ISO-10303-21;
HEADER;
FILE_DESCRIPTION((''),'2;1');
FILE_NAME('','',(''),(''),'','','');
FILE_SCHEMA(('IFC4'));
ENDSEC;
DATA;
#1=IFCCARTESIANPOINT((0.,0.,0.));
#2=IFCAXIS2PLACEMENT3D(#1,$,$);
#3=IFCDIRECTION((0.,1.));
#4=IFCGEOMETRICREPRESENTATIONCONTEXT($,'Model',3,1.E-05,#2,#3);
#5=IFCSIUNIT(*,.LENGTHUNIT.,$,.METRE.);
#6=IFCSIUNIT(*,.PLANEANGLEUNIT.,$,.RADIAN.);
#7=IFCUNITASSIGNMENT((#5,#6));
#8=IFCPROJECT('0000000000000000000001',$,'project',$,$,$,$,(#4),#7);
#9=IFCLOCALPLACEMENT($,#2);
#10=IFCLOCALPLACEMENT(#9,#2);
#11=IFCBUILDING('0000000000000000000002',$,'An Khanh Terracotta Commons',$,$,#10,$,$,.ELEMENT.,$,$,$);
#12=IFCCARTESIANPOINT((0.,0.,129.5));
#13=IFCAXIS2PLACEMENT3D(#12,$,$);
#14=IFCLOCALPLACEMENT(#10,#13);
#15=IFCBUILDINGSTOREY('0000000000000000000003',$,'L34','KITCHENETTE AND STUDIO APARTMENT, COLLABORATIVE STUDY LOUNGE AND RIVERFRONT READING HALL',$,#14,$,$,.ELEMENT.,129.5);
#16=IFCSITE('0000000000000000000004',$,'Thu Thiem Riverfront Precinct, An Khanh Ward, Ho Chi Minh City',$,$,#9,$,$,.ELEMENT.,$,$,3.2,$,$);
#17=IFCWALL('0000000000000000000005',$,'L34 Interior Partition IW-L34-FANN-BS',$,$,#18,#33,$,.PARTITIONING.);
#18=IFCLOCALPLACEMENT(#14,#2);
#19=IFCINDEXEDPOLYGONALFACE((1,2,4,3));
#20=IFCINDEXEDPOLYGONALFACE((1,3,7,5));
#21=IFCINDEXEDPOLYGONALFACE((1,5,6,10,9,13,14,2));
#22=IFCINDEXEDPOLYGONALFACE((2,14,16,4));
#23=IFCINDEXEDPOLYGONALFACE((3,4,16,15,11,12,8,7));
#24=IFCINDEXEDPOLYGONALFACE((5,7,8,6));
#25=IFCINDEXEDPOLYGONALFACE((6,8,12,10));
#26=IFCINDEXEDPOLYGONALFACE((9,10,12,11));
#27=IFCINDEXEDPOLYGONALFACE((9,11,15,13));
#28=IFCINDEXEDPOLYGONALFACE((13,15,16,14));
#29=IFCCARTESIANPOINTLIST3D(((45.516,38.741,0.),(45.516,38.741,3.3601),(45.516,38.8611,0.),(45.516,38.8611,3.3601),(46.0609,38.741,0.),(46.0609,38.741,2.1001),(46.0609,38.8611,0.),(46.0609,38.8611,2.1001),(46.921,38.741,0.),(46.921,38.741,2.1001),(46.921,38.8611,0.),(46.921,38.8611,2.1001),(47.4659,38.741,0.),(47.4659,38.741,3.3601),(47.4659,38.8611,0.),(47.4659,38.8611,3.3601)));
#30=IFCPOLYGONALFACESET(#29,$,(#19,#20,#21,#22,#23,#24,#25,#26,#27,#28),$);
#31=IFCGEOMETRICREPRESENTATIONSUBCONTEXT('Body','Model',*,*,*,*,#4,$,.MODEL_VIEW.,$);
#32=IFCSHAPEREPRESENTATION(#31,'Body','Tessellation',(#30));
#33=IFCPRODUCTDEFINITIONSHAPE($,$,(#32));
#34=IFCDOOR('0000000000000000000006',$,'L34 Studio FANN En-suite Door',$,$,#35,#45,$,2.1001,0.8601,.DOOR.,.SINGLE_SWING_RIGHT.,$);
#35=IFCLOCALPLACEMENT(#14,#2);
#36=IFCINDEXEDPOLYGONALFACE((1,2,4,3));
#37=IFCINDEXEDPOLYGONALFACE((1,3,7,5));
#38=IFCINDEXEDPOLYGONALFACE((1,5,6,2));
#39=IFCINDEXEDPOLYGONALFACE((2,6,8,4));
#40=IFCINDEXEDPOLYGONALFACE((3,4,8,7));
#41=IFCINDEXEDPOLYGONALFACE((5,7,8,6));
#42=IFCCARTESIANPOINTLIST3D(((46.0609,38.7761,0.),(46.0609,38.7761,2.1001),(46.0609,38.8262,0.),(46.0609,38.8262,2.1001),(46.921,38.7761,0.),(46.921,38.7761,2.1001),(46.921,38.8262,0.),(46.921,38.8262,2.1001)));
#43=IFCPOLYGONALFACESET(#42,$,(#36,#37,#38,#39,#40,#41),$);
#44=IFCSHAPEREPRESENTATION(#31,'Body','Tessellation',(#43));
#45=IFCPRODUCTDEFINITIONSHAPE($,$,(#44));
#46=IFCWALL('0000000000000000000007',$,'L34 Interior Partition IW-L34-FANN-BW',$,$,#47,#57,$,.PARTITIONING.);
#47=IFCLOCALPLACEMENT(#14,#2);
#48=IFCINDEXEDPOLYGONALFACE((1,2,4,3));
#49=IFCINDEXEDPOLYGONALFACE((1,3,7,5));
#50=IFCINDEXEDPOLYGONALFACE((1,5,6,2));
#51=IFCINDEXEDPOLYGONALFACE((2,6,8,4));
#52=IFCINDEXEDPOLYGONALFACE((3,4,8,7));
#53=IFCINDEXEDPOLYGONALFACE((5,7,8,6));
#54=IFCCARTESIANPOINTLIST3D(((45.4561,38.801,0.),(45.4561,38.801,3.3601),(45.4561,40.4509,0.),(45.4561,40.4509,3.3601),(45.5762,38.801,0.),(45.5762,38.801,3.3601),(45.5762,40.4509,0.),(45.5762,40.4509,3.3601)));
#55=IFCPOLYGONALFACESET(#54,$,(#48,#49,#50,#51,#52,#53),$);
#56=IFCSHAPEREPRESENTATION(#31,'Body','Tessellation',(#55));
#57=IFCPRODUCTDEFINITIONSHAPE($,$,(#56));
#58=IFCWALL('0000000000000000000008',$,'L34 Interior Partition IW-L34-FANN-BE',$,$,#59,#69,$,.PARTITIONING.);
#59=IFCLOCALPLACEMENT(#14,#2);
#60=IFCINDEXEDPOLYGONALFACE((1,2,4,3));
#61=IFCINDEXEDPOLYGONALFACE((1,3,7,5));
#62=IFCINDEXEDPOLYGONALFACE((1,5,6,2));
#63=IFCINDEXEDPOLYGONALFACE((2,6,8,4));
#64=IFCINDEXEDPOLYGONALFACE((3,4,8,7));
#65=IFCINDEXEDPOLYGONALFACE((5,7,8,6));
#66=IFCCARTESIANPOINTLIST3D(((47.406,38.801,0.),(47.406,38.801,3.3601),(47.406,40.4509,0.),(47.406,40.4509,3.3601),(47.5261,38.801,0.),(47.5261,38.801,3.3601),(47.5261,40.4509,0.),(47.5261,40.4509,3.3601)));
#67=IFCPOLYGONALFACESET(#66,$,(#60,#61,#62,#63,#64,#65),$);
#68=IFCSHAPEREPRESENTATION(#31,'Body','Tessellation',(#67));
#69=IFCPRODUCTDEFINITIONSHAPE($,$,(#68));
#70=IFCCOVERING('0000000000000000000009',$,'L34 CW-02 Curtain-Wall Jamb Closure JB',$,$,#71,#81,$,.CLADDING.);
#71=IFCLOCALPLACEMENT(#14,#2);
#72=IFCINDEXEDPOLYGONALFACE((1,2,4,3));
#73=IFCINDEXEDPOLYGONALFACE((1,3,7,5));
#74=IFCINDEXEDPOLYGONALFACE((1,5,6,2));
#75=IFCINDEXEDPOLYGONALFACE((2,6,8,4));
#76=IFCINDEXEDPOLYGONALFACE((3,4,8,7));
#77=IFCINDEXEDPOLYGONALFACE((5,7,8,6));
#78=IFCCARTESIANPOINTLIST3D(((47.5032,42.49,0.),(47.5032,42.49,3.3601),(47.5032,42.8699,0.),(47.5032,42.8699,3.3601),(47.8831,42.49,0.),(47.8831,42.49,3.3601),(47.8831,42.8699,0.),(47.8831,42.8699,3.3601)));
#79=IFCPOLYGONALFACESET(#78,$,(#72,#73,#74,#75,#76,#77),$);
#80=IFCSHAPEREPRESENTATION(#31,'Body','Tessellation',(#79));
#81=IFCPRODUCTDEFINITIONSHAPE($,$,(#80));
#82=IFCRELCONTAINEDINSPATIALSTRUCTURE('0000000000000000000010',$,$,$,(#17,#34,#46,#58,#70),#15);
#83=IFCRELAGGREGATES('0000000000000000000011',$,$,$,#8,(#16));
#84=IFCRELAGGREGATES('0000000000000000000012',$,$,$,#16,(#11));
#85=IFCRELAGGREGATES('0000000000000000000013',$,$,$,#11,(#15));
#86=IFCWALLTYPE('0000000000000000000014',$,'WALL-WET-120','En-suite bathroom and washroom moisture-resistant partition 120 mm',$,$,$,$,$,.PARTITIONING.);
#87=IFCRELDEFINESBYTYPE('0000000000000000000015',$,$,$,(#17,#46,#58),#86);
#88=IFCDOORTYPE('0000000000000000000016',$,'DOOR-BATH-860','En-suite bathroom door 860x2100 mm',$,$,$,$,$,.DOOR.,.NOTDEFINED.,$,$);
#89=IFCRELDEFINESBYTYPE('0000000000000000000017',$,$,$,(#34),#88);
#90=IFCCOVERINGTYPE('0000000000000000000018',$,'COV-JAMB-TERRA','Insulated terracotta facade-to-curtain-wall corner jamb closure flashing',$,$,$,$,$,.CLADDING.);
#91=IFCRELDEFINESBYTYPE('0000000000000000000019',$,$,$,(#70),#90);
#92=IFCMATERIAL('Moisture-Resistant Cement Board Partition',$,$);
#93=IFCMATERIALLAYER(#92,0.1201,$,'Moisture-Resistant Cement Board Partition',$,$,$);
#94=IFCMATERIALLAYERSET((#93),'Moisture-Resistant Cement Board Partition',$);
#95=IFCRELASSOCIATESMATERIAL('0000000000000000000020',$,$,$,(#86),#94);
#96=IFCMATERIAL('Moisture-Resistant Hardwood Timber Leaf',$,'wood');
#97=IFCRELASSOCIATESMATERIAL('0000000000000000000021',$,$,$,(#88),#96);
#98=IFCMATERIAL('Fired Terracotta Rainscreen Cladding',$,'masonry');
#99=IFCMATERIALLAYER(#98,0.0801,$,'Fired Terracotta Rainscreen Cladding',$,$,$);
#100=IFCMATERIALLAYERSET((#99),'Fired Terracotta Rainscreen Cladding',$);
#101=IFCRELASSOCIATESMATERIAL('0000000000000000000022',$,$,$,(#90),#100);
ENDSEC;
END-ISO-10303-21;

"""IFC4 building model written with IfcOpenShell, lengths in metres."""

from ifc_helpers import new_model, si_unit, direction, frame, frame_2d, origin, origin_2d, place, context, subcontext, project, spatial, rectangle, extrude, material, layer, layer_set, type_object, element, fill, save


model = new_model("IFC4")

# Units and contexts
model_context = context("Model", 3, precision=1e-05, world=origin(), true_north=direction((0.0, 1.0)))
body_context = subcontext(model_context, "Body", "Model", "MODEL_VIEW")
ifc_project = project(units=[si_unit("LENGTHUNIT", "METRE"), si_unit("PLANEANGLEUNIT", "RADIAN")], contexts=[model_context])

# Site, building, storey
site_placement = place(None, origin())
site = spatial("IfcSite", under=ifc_project, at=site_placement, Name="Thu Thiem Riverfront Precinct, An Khanh Ward, Ho Chi Minh City", CompositionType="ELEMENT", RefElevation=3.2)
building_placement = place(site_placement, origin())
building = spatial("IfcBuilding", under=site, at=building_placement, Name="An Khanh Terracotta Commons", CompositionType="ELEMENT")
storey_placement = place(building_placement, frame((0.0, 0.0, 129.5)))
storey = spatial("IfcBuildingStorey", under=building, at=storey_placement, Name="L34", Description="KITCHENETTE AND STUDIO APARTMENT, COLLABORATIVE STUDY LOUNGE AND RIVERFRONT READING HALL", CompositionType="ELEMENT", Elevation=129.5)

# Shared definitions
ifc_material_1 = material(Name="Moisture-Resistant Cement Board Partition")
ifc_layer_1 = layer(ifc_material_1, 0.1201, Name="Moisture-Resistant Cement Board Partition")
ifc_layer_set_1 = layer_set([ifc_layer_1], Name="Moisture-Resistant Cement Board Partition")
wall_type_1 = type_object("IfcWallType", Name="WALL-WET-120", Description="En-suite bathroom and washroom moisture-resistant partition 120 mm", PredefinedType="PARTITIONING", material=ifc_layer_set_1)

# Wall, opening, door
wall_1_placement = place(storey_placement, frame((47.4661, 38.801, 0.0), z_axis=(0.0, 0.0, 1.0), x_axis=(-1.0, 0.0, 0.0)))
wall_1 = element("IfcWall", 1, at=wall_1_placement, inside=storey, type_object=wall_type_1, Name="L34 Interior Partition IW-L34-FANN-BS", PredefinedType="PARTITIONING", context=body_context, shape_type="SweptSolid", body=[
    extrude(rectangle(XDim=1.95, YDim=0.1201, at=frame_2d((0.9751, 0.0))), origin(), (0.0, 0.0, 1.0), 3.3601),
])
opening_1_placement = place(wall_1_placement, frame((0.5449, 0.0, 0.0)))
opening_1 = element("IfcOpeningElement", 2, at=opening_1_placement, cuts=wall_1, PredefinedType="OPENING", context=body_context, shape_type="SweptSolid", body=[
    extrude(rectangle(XDim=0.8601, YDim=2.1001, at=frame_2d((0.4302, 1.05))), frame((0.0, 0.0701, 0.0), z_axis=(0.0, -1.0, 0.0), x_axis=(1.0, 0.0, 0.0)), (0.0, 0.0, 1.0), 0.1401),
])
ifc_material_2 = material(Name="Moisture-Resistant Hardwood Timber Leaf", Category="wood")
door_type_1 = type_object("IfcDoorType", Name="DOOR-BATH-860", Description="En-suite bathroom door 860x2100 mm", OperationType="NOTDEFINED", PredefinedType="DOOR", material=ifc_material_2)
door_1_placement = place(opening_1_placement, origin())
door_1 = element("IfcDoor", 3, at=door_1_placement, inside=storey, type_object=door_type_1, Name="L34 Studio FANN En-suite Door", OperationType="SINGLE_SWING_RIGHT", OverallHeight=2.1001, OverallWidth=0.8601, PredefinedType="DOOR", context=body_context, shape_type="SweptSolid", body=[
    extrude(rectangle(XDim=0.8601, YDim=2.1001, at=frame_2d((0.4302, 1.05))), frame((0.0, 0.0249, 0.0), z_axis=(0.0, -1.0, 0.0), x_axis=(1.0, 0.0, 0.0)), (0.0, 0.0, 1.0), 0.05),
])
fill(opening_1, door_1)

# Walls
for number, where, z_axis, x_axis, name in (
    (4, (45.5161, 40.4509, 0.0), (0.0, 0.0, 1.0), (0.0, -1.0, 0.0), "L34 Interior Partition IW-L34-FANN-BW"),
    (5, (47.4661, 38.801, 0.0), (0.0, 0.0, 1.0), (0.0, 1.0, 0.0), "L34 Interior Partition IW-L34-FANN-BE"),
):
    element("IfcWall", number, at=place(storey_placement, frame(where, z_axis=z_axis, x_axis=x_axis)), inside=storey, type_object=wall_type_1, Name=name, PredefinedType="PARTITIONING", context=body_context, shape_type="SweptSolid", body=[
        extrude(rectangle(XDim=1.6499, YDim=0.1201, at=frame_2d((0.825, 0.0))), origin(), (0.0, 0.0, 1.0), 3.3601),
    ])

# Covering
ifc_material_3 = material(Name="Fired Terracotta Rainscreen Cladding", Category="masonry")
ifc_layer_2 = layer(ifc_material_3, 0.0801, Name="Fired Terracotta Rainscreen Cladding")
ifc_layer_set_2 = layer_set([ifc_layer_2], Name="Fired Terracotta Rainscreen Cladding")
covering_type = type_object("IfcCoveringType", Name="COV-JAMB-TERRA", Description="Insulated terracotta facade-to-curtain-wall corner jamb closure flashing", PredefinedType="CLADDING", material=ifc_layer_set_2)
covering_placement = place(storey_placement, frame((47.6931, 42.6799, 0.0), z_axis=(0.0, 0.0, 1.0), x_axis=(1.0, 0.0, 0.0)))
element("IfcCovering", 6, at=covering_placement, inside=storey, type_object=covering_type, Name="L34 CW-02 Curtain-Wall Jamb Closure JB", PredefinedType="CLADDING", context=body_context, shape_type="SweptSolid", body=[
    extrude(rectangle(XDim=0.3799, YDim=0.3799, at=origin_2d()), origin(), (0.0, 0.0, 1.0), 3.3601),
])

save(model, "model.ifc")
